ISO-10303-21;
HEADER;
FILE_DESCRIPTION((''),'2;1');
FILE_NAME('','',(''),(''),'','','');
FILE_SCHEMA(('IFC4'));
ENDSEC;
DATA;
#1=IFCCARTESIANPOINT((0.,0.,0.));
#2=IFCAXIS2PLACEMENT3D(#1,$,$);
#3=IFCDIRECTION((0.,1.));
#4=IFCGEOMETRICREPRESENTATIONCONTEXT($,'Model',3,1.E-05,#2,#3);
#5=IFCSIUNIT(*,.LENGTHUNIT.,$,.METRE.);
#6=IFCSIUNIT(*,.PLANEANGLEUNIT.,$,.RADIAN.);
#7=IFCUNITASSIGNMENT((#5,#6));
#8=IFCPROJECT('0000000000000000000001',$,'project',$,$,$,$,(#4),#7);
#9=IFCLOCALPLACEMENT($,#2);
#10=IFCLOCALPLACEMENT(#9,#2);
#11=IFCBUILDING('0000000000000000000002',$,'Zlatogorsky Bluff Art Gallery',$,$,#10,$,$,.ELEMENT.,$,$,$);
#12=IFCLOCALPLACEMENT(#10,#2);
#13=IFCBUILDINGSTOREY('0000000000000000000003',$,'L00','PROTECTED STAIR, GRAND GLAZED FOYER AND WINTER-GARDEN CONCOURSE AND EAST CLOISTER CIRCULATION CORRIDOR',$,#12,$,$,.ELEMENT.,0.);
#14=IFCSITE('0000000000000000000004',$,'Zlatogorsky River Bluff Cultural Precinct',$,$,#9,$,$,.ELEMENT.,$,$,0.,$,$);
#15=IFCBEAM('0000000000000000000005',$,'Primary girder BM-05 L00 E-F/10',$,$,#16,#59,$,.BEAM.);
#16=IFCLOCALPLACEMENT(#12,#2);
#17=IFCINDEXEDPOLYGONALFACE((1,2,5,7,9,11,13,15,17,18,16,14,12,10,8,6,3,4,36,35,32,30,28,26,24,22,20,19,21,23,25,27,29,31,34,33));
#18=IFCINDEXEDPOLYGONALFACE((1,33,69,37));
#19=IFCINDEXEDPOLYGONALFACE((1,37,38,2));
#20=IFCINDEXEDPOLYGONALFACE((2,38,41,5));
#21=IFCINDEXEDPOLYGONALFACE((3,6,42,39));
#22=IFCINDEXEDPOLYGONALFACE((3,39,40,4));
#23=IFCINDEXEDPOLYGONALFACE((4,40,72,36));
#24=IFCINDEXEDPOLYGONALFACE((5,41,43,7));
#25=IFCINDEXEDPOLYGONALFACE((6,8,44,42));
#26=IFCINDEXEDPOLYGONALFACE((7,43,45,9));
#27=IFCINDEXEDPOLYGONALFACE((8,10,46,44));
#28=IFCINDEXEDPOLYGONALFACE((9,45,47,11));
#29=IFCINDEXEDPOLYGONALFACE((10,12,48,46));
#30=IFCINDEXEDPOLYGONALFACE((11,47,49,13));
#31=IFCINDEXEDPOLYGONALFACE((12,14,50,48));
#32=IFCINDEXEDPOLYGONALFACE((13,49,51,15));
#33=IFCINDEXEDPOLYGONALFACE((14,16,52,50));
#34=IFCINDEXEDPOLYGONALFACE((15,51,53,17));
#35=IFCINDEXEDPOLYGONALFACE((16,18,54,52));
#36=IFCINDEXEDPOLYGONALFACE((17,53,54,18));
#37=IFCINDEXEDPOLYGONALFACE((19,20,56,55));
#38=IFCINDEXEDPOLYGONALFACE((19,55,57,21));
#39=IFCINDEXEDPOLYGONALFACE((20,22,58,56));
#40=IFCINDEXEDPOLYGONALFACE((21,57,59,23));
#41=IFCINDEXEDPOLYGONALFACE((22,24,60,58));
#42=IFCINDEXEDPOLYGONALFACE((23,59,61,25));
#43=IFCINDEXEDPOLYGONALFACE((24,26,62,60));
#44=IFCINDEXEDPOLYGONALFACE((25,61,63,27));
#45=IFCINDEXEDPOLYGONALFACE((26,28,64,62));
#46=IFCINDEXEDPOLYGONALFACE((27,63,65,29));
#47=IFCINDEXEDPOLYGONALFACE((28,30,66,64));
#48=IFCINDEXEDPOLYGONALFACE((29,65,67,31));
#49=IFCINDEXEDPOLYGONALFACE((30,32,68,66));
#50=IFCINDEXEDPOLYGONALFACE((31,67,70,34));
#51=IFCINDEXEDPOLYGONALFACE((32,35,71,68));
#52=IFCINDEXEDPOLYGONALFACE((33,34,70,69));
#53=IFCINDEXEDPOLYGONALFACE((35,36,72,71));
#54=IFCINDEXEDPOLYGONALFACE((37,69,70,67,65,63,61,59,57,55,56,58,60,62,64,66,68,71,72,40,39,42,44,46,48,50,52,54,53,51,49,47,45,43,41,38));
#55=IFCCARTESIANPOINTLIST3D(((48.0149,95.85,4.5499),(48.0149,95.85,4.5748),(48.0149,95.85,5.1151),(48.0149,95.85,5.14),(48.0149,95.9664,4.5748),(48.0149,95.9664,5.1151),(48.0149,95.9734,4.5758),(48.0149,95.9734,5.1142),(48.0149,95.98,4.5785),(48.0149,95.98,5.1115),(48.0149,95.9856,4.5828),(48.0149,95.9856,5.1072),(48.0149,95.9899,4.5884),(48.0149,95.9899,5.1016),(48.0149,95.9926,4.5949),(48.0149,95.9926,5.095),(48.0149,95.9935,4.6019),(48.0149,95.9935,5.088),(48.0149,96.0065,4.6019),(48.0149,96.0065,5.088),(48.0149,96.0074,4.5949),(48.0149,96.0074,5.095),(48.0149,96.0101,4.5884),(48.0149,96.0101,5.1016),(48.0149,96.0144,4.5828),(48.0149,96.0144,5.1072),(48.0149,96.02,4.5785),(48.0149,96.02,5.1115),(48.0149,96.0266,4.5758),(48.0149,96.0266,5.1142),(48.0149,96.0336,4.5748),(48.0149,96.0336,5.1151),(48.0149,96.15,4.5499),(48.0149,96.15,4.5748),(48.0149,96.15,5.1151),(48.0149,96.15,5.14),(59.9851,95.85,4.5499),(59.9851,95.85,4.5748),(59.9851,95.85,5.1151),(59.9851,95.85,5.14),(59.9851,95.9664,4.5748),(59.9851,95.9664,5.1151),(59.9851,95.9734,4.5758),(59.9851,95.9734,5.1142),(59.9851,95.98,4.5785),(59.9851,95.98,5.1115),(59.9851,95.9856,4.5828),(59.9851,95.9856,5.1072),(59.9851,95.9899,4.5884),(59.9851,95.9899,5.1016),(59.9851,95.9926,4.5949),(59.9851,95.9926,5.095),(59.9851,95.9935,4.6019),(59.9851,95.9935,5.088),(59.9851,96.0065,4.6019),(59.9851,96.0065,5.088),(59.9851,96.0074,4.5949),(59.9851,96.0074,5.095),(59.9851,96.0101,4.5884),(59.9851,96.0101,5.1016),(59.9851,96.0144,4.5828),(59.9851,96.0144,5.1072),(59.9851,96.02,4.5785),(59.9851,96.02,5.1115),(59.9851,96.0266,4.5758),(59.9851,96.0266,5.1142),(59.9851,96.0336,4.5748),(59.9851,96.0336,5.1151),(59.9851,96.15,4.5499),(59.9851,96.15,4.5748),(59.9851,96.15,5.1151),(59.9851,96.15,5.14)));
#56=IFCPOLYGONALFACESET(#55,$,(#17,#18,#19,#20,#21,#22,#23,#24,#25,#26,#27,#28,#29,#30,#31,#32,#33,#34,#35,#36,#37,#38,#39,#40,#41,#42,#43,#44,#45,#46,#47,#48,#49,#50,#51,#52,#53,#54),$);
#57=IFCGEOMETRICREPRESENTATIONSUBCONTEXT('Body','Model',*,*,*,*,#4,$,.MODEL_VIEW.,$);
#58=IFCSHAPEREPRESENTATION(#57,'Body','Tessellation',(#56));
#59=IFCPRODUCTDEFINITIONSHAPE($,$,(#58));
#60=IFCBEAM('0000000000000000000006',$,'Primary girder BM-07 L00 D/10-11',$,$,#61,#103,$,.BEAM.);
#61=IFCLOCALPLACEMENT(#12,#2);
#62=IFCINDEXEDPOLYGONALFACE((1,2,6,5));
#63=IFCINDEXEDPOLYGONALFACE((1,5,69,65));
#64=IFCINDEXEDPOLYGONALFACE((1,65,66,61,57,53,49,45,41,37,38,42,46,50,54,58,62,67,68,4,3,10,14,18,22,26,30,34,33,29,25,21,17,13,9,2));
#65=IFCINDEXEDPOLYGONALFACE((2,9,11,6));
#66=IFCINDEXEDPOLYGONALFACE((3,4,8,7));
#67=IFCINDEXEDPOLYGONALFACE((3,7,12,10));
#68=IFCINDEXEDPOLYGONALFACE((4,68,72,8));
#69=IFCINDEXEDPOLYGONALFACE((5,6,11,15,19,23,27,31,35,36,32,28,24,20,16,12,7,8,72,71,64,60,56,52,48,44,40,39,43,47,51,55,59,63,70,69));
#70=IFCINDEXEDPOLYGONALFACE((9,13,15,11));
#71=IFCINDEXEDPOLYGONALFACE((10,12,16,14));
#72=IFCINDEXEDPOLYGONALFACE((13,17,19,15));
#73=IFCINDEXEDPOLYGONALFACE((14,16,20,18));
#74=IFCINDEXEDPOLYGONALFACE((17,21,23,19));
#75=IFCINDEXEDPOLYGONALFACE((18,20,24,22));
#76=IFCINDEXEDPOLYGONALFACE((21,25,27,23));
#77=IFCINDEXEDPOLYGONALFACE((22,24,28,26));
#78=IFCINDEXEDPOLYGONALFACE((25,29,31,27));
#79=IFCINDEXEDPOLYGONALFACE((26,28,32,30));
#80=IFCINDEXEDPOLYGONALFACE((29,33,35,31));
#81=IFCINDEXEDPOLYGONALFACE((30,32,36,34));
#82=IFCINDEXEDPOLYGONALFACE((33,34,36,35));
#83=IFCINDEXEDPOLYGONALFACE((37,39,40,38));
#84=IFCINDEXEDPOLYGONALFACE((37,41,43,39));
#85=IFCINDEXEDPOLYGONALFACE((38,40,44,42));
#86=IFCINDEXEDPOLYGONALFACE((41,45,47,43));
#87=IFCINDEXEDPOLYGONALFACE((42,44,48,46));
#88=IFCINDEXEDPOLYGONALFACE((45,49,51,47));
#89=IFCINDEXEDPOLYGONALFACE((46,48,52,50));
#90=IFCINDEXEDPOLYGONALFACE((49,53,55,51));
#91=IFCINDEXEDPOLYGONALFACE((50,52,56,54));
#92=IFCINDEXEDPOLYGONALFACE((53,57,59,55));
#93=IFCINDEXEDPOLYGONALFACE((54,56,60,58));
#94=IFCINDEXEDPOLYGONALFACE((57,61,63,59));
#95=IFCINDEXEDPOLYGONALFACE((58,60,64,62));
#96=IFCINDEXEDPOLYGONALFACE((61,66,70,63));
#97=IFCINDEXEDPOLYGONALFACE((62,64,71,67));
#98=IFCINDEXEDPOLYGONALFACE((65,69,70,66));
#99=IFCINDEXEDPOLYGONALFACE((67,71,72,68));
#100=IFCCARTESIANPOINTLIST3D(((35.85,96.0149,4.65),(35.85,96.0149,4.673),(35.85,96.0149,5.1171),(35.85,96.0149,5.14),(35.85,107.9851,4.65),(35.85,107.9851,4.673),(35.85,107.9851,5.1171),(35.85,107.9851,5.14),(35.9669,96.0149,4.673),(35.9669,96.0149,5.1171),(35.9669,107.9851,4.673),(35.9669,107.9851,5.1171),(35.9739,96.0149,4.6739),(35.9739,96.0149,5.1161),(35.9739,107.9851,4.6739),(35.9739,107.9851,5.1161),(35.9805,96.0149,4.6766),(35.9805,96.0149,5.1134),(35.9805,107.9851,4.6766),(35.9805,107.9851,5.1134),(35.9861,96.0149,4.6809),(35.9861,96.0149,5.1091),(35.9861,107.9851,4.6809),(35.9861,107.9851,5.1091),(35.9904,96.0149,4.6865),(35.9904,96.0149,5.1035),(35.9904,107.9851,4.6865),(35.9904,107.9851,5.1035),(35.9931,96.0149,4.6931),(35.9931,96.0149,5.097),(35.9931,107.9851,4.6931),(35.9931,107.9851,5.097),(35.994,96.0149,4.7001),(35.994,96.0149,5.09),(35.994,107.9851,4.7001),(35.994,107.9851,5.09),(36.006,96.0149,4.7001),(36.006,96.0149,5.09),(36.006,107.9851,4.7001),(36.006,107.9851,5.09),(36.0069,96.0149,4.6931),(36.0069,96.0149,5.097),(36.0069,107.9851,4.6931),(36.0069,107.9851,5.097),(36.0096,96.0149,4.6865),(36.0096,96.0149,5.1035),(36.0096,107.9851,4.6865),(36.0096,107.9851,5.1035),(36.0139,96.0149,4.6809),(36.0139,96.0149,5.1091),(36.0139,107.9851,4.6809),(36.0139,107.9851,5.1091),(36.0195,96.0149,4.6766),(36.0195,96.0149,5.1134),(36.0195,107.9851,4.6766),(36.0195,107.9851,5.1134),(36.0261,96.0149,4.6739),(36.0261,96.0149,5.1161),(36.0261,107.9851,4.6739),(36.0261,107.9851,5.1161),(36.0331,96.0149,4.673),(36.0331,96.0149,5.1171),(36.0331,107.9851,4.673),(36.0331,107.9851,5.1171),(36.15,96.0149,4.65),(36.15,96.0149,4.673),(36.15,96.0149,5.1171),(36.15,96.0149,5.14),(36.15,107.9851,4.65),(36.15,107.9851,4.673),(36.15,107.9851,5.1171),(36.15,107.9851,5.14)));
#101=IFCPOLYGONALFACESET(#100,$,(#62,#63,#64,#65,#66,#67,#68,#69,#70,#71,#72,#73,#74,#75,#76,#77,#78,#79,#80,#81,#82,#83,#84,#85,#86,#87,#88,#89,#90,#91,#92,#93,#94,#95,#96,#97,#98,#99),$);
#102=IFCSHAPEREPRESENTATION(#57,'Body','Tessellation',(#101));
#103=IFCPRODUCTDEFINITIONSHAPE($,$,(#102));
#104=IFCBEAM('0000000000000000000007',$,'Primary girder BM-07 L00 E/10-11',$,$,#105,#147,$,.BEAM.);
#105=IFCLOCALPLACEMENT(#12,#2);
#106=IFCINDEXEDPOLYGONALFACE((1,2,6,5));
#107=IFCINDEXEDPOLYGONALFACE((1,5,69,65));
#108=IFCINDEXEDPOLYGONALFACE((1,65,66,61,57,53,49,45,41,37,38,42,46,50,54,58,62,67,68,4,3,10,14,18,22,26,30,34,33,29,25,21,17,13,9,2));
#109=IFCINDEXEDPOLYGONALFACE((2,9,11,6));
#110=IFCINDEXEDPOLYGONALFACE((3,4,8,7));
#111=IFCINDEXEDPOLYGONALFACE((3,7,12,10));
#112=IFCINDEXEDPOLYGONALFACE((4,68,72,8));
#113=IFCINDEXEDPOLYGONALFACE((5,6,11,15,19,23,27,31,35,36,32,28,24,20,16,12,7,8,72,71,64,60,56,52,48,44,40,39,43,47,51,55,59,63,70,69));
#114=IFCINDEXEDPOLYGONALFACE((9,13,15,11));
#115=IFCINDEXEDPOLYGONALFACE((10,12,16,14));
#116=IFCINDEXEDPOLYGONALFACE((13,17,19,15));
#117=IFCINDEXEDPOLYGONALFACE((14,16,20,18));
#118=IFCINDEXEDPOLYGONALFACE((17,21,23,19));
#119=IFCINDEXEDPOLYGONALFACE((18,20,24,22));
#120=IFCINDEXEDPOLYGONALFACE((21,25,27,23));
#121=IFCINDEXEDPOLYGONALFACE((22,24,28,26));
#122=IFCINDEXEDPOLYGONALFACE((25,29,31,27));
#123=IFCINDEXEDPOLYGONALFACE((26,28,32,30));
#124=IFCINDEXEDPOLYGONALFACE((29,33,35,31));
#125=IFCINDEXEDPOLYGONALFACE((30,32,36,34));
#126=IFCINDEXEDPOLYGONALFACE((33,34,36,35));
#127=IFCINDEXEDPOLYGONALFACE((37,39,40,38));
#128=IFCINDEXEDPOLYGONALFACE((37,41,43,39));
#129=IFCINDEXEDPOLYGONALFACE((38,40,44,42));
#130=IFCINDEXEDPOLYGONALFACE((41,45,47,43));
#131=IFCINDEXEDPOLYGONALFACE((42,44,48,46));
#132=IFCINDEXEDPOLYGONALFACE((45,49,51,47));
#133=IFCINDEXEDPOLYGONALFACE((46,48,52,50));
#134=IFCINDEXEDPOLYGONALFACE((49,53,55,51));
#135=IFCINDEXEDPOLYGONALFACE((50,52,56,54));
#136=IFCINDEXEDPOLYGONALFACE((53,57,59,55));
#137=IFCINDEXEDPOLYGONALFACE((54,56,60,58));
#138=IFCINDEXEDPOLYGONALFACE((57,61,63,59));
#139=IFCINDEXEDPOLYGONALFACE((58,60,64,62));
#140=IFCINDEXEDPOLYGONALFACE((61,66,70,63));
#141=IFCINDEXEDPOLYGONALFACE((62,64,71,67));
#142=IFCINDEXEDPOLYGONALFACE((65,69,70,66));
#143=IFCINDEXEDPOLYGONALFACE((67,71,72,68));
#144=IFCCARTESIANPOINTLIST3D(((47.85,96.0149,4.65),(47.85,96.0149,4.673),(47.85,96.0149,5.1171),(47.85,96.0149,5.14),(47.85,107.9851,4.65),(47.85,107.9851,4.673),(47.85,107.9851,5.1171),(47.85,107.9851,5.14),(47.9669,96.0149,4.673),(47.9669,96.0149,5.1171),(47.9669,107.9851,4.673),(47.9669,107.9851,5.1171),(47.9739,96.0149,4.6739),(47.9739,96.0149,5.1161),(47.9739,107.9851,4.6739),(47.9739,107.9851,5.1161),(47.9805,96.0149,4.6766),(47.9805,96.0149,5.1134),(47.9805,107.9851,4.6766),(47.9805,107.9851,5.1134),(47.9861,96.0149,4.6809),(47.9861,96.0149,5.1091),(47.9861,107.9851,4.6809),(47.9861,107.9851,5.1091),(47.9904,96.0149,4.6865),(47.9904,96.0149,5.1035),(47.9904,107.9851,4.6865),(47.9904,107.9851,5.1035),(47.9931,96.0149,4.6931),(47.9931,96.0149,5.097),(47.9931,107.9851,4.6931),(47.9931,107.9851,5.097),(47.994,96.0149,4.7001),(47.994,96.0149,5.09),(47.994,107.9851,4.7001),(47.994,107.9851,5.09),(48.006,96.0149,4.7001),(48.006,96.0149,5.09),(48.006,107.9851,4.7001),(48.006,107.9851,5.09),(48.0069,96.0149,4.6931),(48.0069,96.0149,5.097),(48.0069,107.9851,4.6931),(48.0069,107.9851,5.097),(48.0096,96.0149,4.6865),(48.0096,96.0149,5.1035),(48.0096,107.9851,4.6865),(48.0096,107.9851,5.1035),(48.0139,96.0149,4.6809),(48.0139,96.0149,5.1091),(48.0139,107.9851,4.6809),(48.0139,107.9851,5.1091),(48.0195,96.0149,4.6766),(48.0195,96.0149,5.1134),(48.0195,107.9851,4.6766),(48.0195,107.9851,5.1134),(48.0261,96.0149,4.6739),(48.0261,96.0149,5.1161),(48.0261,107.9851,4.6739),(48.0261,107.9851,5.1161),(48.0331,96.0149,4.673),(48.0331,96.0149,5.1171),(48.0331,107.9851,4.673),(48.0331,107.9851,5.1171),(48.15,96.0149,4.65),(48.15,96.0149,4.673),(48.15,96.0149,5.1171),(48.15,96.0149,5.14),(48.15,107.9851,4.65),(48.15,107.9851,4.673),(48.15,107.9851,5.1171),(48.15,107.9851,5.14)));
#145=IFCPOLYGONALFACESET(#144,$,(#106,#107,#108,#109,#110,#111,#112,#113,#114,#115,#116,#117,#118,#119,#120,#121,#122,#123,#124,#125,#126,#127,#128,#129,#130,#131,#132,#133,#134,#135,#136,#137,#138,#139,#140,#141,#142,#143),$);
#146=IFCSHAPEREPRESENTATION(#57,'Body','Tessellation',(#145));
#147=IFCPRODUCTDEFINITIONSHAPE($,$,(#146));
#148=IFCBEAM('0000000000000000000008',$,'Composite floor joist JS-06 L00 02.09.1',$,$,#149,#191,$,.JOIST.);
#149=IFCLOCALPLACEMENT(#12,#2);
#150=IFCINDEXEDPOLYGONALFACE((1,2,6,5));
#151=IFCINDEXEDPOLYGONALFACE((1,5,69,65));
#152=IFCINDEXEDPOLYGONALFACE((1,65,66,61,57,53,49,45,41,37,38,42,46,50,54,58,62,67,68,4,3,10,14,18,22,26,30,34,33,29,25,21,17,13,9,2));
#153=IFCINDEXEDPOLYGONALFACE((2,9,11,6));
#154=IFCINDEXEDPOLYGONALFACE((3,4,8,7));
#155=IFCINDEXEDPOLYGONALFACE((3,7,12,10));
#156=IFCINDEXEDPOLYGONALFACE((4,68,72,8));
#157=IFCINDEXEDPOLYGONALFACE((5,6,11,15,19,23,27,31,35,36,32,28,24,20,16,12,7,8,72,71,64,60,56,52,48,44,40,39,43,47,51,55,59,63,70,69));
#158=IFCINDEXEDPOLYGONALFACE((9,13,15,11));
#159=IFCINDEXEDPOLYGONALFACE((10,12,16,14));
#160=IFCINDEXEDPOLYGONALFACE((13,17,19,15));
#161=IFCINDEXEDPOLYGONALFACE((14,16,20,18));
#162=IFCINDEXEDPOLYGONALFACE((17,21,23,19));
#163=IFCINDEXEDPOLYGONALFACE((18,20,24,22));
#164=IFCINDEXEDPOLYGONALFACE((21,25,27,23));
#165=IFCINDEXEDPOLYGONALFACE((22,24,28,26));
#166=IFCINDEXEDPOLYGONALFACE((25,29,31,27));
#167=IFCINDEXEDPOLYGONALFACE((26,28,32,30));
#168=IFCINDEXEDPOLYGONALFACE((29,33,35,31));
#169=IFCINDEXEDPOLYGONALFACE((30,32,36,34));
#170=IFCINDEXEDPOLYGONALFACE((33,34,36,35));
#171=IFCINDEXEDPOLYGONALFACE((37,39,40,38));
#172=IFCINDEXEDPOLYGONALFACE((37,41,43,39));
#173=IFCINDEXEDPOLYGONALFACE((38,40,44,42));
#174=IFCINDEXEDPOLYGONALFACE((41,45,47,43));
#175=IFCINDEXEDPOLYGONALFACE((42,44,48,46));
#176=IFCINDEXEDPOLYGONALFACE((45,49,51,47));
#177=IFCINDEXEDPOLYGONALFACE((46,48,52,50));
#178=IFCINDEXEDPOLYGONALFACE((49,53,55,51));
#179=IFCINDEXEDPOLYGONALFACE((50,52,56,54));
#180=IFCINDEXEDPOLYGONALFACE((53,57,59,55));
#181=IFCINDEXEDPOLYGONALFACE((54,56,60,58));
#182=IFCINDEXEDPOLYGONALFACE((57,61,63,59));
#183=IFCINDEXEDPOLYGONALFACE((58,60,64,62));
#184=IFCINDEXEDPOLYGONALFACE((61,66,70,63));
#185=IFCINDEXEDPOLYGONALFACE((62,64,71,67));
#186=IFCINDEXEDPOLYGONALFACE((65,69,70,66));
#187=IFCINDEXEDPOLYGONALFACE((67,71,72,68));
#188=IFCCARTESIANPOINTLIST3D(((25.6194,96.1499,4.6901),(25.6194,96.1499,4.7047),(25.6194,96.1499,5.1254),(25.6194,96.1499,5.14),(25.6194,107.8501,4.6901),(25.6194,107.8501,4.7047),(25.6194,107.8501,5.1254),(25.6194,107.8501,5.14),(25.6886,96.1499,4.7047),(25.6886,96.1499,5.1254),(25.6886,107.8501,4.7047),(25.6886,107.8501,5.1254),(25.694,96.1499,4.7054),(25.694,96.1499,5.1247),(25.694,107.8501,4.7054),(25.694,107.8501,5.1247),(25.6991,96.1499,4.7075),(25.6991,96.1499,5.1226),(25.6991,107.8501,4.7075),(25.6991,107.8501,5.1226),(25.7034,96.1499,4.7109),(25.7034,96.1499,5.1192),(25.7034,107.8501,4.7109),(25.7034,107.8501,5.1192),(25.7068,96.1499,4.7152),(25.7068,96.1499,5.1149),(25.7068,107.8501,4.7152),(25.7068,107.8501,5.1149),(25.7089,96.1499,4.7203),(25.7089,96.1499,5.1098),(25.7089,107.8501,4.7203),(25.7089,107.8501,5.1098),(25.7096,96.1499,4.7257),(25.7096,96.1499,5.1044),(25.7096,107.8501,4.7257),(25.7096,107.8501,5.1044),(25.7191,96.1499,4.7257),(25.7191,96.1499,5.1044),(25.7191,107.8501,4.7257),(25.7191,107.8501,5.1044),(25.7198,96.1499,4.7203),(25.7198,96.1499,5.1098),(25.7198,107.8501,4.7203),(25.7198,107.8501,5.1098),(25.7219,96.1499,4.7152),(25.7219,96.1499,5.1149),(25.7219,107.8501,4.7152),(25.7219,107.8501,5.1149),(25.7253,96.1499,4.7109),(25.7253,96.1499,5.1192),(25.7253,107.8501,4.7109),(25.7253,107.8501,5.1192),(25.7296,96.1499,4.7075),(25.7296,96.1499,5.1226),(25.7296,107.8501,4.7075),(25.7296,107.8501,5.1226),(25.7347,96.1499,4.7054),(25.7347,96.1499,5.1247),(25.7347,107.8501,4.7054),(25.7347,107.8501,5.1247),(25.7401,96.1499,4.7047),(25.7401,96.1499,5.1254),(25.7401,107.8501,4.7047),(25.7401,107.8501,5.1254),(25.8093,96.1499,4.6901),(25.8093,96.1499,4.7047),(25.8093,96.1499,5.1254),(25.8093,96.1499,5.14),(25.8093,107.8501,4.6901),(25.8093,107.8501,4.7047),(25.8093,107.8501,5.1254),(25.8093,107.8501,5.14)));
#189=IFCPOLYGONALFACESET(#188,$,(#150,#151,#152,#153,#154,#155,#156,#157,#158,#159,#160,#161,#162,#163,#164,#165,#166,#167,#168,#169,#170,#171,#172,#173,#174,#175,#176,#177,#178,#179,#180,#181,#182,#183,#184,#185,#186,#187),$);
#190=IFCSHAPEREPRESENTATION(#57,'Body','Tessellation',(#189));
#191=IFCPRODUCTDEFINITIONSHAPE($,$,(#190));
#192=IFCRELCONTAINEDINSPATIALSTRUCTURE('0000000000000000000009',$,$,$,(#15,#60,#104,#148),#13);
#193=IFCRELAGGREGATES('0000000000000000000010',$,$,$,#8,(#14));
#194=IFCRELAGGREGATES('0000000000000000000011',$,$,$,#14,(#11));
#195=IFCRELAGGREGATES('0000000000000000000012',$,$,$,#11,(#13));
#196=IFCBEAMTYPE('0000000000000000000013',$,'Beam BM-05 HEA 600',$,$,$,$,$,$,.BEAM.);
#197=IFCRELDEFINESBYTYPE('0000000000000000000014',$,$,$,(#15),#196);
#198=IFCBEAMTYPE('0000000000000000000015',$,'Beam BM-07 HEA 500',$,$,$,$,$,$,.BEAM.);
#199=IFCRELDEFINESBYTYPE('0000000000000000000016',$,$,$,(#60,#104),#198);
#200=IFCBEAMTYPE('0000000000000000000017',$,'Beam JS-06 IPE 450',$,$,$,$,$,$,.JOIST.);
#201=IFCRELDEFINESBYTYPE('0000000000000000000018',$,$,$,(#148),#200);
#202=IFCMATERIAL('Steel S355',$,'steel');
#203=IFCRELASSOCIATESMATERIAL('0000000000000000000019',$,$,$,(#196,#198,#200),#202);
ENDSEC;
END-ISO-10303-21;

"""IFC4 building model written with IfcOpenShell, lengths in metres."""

from ifc_helpers import new_model, si_unit, direction, frame, origin, origin_2d, place, context, subcontext, project, spatial, i_section, extrude, material, material_profile, profile_set, type_object, element, save


model = new_model("IFC4")

# Units and contexts
model_context = context("Model", 3, precision=1e-05, world=origin(), true_north=direction((0.0, 1.0)))
body_context = subcontext(model_context, "Body", "Model", "MODEL_VIEW")
ifc_project = project(units=[si_unit("LENGTHUNIT", "METRE"), si_unit("PLANEANGLEUNIT", "RADIAN")], contexts=[model_context])

# Site, building, storey
site_placement = place(None, origin())
site = spatial("IfcSite", under=ifc_project, at=site_placement, Name="Zlatogorsky River Bluff Cultural Precinct", CompositionType="ELEMENT", RefElevation=0.0)
building_placement = place(site_placement, origin())
building = spatial("IfcBuilding", under=site, at=building_placement, Name="Zlatogorsky Bluff Art Gallery", CompositionType="ELEMENT")
storey_placement = place(building_placement, origin())
storey = spatial("IfcBuildingStorey", under=building, at=storey_placement, Name="L00", Description="PROTECTED STAIR, GRAND GLAZED FOYER AND WINTER-GARDEN CONCOURSE AND EAST CLOISTER CIRCULATION CORRIDOR", CompositionType="ELEMENT", Elevation=0.0)

# Shared definitions
ifc_material_1 = material(Name="Steel S355", Category="steel")

# Beams
ifc_material_profile_1 = material_profile(ifc_material_1, i_section(OverallWidth=0.3, OverallDepth=0.5901, WebThickness=0.0129, FlangeThickness=0.0249, FilletRadius=0.0271, at=origin_2d()), Name="HEA 600")
ifc_profile_set_1 = profile_set([ifc_material_profile_1], Name="Steel S355")
beam_type_1 = type_object("IfcBeamType", Name="Beam BM-05 HEA 600", PredefinedType="BEAM", material=ifc_profile_set_1)
for number, where, z_axis, x_axis, name in (
    (1, (48.0149, 96.0, 4.845), (1.0, 0.0, 0.0), (0.0, 1.0, 0.0), "Primary girder BM-05 L00 E-F/10"),
):
    element("IfcBeam", number, at=place(storey_placement, frame(where, z_axis=z_axis, x_axis=x_axis)), inside=storey, type_object=beam_type_1, Name=name, PredefinedType="BEAM", context=body_context, shape_type="SweptSolid", body=[
        extrude(i_section(OverallWidth=0.3, OverallDepth=0.5901, WebThickness=0.0129, FlangeThickness=0.0249, FilletRadius=0.0271, at=origin_2d()), origin(), (0.0, 0.0, 1.0), 11.9702),
    ])
ifc_material_profile_2 = material_profile(ifc_material_1, i_section(OverallWidth=0.3, OverallDepth=0.49, WebThickness=0.012, FlangeThickness=0.0229, FilletRadius=0.0271, at=origin_2d()), Name="HEA 500")
ifc_profile_set_2 = profile_set([ifc_material_profile_2], Name="Steel S355")
beam_type_2 = type_object("IfcBeamType", Name="Beam BM-07 HEA 500", PredefinedType="BEAM", material=ifc_profile_set_2)
for number, where, z_axis, x_axis, name in (
    (2, (36.0, 96.0149, 4.895), (0.0, 1.0, 0.0), (-1.0, 0.0, 0.0), "Primary girder BM-07 L00 D/10-11"),
    (3, (48.0, 96.0149, 4.895), (0.0, 1.0, 0.0), (-1.0, 0.0, 0.0), "Primary girder BM-07 L00 E/10-11"),
):
    element("IfcBeam", number, at=place(storey_placement, frame(where, z_axis=z_axis, x_axis=x_axis)), inside=storey, type_object=beam_type_2, Name=name, PredefinedType="BEAM", context=body_context, shape_type="SweptSolid", body=[
        extrude(i_section(OverallWidth=0.3, OverallDepth=0.49, WebThickness=0.012, FlangeThickness=0.0229, FilletRadius=0.0271, at=origin_2d()), origin(), (0.0, 0.0, 1.0), 11.9702),
    ])
ifc_material_profile_3 = material_profile(ifc_material_1, i_section(OverallWidth=0.1899, OverallDepth=0.45, WebThickness=0.0095, FlangeThickness=0.0146, FilletRadius=0.021, at=origin_2d()), Name="IPE 450")
ifc_profile_set_3 = profile_set([ifc_material_profile_3], Name="Steel S355")
beam_type_3 = type_object("IfcBeamType", Name="Beam JS-06 IPE 450", PredefinedType="JOIST", material=ifc_profile_set_3)
for number, where, z_axis, x_axis, name in (
    (4, (25.7144, 96.1499, 4.915), (0.0, 1.0, 0.0), (-1.0, 0.0, 0.0), "Composite floor joist JS-06 L00 02.09.1"),
):
    element("IfcBeam", number, at=place(storey_placement, frame(where, z_axis=z_axis, x_axis=x_axis)), inside=storey, type_object=beam_type_3, Name=name, PredefinedType="JOIST", context=body_context, shape_type="SweptSolid", body=[
        extrude(i_section(OverallWidth=0.1899, OverallDepth=0.45, WebThickness=0.0095, FlangeThickness=0.0146, FilletRadius=0.021, at=origin_2d()), origin(), (0.0, 0.0, 1.0), 11.7002),
    ])

save(model, "model.ifc")
